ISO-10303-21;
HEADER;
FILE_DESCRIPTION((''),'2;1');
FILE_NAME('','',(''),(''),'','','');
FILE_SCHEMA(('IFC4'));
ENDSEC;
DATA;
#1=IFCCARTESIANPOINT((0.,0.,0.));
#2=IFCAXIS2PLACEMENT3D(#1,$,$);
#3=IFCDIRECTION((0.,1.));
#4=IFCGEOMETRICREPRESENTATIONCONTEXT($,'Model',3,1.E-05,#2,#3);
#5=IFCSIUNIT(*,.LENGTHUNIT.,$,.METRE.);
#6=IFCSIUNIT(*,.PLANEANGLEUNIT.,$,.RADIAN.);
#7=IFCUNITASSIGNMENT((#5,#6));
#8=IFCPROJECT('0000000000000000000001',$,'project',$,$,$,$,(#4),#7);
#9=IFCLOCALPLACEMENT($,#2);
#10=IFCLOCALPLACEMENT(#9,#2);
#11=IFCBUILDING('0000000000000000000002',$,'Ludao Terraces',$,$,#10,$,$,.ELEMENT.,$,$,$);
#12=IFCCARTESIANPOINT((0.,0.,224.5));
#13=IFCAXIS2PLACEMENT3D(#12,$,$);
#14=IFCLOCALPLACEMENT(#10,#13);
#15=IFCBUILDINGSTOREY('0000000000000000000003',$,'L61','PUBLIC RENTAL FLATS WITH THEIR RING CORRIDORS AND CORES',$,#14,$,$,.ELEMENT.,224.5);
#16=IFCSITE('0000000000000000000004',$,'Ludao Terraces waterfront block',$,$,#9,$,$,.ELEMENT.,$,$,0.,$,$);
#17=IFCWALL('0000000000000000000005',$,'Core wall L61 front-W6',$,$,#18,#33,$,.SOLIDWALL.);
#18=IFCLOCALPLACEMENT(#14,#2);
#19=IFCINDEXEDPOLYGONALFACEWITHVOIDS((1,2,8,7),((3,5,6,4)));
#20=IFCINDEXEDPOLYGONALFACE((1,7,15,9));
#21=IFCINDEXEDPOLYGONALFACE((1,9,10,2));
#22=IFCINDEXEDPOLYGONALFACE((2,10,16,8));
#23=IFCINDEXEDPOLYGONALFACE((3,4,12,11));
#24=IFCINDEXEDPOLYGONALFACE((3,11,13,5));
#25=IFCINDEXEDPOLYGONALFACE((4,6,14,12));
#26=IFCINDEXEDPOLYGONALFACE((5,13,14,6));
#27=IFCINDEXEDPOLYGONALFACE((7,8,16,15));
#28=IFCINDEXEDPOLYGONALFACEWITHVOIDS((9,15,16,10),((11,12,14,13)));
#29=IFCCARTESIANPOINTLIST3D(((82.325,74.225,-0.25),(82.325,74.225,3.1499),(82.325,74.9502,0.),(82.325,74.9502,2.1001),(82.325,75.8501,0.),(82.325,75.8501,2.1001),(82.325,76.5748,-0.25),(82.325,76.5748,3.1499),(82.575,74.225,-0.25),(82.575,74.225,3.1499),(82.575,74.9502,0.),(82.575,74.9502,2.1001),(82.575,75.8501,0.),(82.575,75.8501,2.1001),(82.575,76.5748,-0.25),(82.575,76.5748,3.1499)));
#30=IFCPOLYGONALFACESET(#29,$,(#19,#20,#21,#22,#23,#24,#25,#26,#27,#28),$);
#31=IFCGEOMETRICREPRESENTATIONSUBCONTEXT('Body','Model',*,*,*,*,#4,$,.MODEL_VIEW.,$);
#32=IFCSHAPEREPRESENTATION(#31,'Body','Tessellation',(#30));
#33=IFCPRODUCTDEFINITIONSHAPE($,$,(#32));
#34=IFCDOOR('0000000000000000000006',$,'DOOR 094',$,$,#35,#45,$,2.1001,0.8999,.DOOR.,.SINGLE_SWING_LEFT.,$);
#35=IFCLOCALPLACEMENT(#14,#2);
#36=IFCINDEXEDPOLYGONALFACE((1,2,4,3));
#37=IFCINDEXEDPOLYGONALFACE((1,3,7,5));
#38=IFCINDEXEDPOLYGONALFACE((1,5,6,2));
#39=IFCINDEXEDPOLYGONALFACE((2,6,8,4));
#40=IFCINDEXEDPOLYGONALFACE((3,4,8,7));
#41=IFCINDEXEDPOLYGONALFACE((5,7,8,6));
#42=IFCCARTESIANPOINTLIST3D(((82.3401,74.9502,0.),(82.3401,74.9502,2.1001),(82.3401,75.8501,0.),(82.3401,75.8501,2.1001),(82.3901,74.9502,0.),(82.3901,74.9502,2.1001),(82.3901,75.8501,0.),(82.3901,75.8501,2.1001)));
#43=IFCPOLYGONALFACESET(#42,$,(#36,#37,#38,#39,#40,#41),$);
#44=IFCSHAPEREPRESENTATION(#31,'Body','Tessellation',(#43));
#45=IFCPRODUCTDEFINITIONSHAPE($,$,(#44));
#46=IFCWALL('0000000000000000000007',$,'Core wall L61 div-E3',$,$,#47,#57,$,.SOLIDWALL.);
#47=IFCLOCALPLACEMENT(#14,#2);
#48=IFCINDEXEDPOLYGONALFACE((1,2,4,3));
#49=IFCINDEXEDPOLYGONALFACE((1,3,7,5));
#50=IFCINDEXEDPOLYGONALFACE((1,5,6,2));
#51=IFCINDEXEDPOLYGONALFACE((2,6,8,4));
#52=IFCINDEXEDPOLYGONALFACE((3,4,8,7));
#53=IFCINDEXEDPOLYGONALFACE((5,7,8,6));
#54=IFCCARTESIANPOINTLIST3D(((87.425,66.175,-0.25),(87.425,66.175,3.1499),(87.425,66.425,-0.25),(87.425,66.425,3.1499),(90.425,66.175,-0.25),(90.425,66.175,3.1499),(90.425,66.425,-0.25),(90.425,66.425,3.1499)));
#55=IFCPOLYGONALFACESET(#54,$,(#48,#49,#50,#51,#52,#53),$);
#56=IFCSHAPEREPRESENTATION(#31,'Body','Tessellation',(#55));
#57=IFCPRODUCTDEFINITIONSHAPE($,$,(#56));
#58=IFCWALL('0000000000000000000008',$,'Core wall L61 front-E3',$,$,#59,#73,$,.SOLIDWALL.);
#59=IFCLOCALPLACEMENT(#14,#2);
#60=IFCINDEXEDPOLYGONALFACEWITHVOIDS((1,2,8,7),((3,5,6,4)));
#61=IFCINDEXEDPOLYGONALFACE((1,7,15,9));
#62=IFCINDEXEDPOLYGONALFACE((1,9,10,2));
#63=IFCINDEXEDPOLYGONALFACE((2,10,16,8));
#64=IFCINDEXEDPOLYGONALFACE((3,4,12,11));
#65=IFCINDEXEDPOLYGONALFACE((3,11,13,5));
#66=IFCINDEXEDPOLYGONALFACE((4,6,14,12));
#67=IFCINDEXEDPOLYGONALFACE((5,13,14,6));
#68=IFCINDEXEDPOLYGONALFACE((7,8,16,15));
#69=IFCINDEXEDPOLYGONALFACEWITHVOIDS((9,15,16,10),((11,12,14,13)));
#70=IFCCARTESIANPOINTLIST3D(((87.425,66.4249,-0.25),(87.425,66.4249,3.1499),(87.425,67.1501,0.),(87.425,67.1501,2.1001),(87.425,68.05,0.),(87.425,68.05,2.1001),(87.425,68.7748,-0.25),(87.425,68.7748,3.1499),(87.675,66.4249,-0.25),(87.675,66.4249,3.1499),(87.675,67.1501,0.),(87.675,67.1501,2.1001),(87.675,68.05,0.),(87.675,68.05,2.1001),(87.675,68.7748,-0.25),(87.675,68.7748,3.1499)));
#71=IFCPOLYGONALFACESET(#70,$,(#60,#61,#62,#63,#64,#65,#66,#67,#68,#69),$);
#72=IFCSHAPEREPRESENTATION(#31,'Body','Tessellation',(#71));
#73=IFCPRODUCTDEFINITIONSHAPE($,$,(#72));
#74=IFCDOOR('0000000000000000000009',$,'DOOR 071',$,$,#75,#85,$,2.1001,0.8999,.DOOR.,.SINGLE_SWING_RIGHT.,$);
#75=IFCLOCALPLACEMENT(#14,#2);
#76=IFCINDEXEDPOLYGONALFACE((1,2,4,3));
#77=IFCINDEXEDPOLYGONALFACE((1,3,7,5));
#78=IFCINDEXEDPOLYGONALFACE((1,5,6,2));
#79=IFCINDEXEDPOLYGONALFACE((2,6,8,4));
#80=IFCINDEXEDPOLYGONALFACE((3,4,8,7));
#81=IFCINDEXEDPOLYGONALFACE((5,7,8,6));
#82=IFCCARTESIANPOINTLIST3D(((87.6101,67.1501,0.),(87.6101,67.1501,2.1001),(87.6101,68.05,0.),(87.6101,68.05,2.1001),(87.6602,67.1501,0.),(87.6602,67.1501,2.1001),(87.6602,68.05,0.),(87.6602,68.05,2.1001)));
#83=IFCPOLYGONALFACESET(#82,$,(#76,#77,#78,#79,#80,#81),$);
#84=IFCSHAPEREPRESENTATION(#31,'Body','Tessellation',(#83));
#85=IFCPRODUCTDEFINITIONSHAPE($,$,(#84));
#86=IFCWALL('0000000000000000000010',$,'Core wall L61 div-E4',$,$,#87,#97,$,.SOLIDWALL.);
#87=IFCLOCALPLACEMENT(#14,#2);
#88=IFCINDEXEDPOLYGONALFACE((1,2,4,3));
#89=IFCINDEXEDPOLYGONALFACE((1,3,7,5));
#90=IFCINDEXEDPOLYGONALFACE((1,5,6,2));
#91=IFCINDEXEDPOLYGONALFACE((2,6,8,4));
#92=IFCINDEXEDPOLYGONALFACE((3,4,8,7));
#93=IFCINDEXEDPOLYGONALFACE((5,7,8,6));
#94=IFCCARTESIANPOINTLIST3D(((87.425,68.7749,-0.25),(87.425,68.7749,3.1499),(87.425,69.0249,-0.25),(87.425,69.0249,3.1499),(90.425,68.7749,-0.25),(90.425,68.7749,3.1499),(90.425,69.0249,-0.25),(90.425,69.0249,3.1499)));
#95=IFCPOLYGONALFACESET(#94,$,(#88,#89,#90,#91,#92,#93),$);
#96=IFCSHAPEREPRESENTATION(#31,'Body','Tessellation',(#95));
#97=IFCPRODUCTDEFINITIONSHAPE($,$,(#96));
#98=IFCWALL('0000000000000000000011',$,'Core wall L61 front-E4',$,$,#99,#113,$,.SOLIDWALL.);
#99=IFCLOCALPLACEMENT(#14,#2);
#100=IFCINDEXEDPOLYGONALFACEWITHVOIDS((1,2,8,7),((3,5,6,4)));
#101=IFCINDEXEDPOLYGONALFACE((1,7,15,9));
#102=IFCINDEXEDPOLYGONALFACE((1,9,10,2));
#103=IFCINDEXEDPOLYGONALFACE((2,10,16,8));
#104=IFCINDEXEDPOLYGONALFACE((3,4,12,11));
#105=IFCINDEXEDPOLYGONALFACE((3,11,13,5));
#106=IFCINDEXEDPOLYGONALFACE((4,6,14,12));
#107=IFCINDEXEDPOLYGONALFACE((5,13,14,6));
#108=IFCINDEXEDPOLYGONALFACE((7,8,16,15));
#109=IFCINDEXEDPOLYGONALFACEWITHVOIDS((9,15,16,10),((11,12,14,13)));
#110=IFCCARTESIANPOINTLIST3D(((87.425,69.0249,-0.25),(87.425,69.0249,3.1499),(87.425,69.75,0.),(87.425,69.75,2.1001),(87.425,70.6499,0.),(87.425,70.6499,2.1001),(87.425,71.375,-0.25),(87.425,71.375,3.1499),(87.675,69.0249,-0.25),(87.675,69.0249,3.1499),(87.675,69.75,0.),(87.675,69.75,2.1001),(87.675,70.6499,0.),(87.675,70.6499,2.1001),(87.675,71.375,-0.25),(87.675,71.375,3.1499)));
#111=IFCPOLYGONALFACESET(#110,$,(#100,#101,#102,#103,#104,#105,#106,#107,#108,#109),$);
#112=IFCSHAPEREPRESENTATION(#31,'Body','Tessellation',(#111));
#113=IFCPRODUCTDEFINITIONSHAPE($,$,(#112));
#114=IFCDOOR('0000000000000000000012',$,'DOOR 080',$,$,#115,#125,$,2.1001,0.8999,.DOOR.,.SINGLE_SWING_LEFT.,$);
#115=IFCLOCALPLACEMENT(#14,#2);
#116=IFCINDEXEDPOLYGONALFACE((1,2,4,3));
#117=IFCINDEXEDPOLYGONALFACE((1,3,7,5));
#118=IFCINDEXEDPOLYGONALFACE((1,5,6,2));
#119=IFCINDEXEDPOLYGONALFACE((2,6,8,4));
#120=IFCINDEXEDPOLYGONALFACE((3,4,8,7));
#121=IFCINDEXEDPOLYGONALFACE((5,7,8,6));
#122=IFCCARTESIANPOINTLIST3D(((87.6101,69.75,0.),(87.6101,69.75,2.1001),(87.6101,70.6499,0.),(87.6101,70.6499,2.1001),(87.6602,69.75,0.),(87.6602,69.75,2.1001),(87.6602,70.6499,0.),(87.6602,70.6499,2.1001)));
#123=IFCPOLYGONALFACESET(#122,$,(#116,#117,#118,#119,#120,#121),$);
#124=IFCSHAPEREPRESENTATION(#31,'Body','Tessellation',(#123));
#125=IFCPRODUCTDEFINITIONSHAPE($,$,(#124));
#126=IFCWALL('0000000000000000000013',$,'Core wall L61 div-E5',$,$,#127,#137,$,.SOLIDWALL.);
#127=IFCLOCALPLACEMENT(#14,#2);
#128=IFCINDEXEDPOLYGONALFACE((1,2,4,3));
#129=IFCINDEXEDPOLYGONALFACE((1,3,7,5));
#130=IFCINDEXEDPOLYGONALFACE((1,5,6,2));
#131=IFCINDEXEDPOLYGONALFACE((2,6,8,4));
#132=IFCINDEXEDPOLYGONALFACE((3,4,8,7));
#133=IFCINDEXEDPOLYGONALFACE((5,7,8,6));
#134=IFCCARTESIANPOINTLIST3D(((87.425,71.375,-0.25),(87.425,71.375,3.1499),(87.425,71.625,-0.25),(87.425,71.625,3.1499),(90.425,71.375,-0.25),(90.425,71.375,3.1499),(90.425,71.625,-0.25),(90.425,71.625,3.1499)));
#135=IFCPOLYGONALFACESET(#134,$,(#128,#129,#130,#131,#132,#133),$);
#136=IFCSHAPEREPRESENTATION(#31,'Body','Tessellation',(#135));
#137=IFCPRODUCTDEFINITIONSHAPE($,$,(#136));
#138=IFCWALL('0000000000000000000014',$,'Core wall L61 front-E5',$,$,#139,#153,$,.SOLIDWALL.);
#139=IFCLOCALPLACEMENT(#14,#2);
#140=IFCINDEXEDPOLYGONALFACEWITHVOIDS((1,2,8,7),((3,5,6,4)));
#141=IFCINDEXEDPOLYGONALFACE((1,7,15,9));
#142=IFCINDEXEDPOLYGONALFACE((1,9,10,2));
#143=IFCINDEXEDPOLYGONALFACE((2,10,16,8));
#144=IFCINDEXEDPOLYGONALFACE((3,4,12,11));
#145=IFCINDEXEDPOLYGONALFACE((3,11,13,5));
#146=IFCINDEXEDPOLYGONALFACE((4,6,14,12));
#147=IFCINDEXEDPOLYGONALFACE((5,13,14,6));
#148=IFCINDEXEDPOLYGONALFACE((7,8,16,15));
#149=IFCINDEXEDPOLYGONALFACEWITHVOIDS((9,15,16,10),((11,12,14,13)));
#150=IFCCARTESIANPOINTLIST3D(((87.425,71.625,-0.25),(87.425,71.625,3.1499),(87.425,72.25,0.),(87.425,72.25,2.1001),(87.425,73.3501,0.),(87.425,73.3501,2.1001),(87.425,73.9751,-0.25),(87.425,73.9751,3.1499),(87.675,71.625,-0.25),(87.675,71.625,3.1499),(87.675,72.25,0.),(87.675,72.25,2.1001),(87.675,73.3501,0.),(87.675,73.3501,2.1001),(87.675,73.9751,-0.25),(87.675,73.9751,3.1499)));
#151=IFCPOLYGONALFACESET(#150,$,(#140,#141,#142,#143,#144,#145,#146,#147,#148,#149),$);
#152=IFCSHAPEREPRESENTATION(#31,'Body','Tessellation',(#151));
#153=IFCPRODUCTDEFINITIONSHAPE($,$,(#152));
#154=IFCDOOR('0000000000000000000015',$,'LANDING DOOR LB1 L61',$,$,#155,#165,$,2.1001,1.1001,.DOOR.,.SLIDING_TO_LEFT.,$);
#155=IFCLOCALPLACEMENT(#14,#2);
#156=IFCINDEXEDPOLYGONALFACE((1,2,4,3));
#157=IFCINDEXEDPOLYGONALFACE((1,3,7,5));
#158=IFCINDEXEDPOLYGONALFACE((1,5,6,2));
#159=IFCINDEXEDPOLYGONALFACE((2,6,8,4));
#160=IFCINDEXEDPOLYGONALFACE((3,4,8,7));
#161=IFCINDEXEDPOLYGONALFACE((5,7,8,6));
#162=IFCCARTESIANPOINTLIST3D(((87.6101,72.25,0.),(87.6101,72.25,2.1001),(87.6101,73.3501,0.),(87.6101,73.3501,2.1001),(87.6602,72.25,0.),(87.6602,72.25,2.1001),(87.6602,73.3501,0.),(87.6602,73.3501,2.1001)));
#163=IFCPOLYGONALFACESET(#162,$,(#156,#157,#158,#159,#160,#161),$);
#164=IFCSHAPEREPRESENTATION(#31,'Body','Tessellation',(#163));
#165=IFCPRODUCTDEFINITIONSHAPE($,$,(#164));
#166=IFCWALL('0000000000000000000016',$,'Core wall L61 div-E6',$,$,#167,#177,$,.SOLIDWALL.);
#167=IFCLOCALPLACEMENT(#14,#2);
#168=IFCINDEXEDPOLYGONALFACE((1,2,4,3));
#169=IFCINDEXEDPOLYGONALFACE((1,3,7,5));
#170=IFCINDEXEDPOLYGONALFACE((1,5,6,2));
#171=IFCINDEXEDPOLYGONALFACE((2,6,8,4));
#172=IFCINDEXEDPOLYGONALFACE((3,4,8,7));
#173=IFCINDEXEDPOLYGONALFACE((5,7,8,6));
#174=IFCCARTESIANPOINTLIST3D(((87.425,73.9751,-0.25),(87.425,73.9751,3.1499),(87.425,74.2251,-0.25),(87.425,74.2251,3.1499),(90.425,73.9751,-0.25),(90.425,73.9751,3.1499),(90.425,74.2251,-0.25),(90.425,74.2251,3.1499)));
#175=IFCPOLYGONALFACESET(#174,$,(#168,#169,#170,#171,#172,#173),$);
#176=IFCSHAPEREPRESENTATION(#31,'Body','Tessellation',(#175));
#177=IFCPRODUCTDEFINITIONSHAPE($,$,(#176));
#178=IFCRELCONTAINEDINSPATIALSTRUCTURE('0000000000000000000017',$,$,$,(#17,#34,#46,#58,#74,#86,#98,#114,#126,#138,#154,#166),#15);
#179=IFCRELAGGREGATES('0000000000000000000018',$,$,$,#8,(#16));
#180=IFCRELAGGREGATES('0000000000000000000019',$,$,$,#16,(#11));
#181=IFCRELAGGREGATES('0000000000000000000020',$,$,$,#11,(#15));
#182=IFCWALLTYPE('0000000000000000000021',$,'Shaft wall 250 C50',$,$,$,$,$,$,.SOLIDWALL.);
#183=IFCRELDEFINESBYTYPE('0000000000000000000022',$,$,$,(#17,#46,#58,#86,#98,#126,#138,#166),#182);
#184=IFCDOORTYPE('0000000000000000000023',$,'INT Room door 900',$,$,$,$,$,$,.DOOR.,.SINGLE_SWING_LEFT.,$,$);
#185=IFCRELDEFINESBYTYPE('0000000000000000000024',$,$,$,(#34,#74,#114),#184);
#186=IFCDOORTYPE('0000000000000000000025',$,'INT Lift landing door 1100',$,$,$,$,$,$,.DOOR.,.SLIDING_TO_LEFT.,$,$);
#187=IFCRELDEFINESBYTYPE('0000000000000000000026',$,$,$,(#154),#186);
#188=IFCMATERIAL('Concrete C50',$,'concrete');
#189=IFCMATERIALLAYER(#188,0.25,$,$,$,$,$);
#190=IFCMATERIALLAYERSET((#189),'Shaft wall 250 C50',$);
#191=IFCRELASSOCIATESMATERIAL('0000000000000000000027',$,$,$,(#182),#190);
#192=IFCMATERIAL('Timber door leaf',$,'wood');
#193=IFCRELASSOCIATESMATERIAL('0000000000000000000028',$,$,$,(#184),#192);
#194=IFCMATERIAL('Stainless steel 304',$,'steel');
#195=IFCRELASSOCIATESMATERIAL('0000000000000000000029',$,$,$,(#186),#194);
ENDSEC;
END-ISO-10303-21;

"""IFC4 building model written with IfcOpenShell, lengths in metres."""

from ifc_helpers import new_model, si_unit, direction, frame, frame_2d, origin, place, context, subcontext, project, spatial, rectangle, extrude, material, layer, layer_set, type_object, element, fill, save


model = new_model("IFC4")

# Units and contexts
model_context = context("Model", 3, precision=1e-05, world=origin(), true_north=direction((0.0, 1.0)))
body_context = subcontext(model_context, "Body", "Model", "MODEL_VIEW")
ifc_project = project(units=[si_unit("LENGTHUNIT", "METRE"), si_unit("PLANEANGLEUNIT", "RADIAN")], contexts=[model_context])

# Site, building, storey
site_placement = place(None, origin())
site = spatial("IfcSite", under=ifc_project, at=site_placement, Name="Ludao Terraces waterfront block", CompositionType="ELEMENT", RefElevation=0.0)
building_placement = place(site_placement, origin())
building = spatial("IfcBuilding", under=site, at=building_placement, Name="Ludao Terraces", CompositionType="ELEMENT")
storey_placement = place(building_placement, frame((0.0, 0.0, 224.5)))
storey = spatial("IfcBuildingStorey", under=building, at=storey_placement, Name="L61", Description="PUBLIC RENTAL FLATS WITH THEIR RING CORRIDORS AND CORES", CompositionType="ELEMENT", Elevation=224.5)

# Wall, opening, door
ifc_material_1 = material(Name="Concrete C50", Category="concrete")
ifc_layer_1 = layer(ifc_material_1, 0.25)
ifc_layer_set_1 = layer_set([ifc_layer_1], Name="Shaft wall 250 C50")
wall_type_1 = type_object("IfcWallType", Name="Shaft wall 250 C50", PredefinedType="SOLIDWALL", material=ifc_layer_set_1)
wall_1_placement = place(storey_placement, frame((82.45, 74.2251, -0.25), z_axis=(0.0, 0.0, 1.0), x_axis=(0.0, 1.0, 0.0)))
wall_1 = element("IfcWall", 1, at=wall_1_placement, inside=storey, type_object=wall_type_1, Name="Core wall L61 front-W6", PredefinedType="SOLIDWALL", context=body_context, shape_type="SweptSolid", body=[
    extrude(rectangle(XDim=2.3499, YDim=0.25, at=frame_2d((1.1748, 0.0))), origin(), (0.0, 0.0, 1.0), 3.3999),
])
opening_1_placement = place(wall_1_placement, frame((0.7251, 0.0, 0.25)))
opening_1 = element("IfcOpeningElement", 2, at=opening_1_placement, cuts=wall_1, PredefinedType="OPENING", context=body_context, shape_type="SweptSolid", body=[
    extrude(rectangle(XDim=0.8999, YDim=2.1001, at=frame_2d((0.45, 1.05))), frame((0.0, 0.135, 0.0), z_axis=(0.0, -1.0, 0.0), x_axis=(1.0, 0.0, 0.0)), (0.0, 0.0, 1.0), 0.27),
])
ifc_material_2 = material(Name="Timber door leaf", Category="wood")
door_type_1 = type_object("IfcDoorType", Name="INT Room door 900", OperationType="SINGLE_SWING_LEFT", PredefinedType="DOOR", material=ifc_material_2)
door_1_placement = place(opening_1_placement, origin())
door_1 = element("IfcDoor", 3, at=door_1_placement, inside=storey, type_object=door_type_1, Name="DOOR 094", OperationType="SINGLE_SWING_LEFT", OverallHeight=2.1001, OverallWidth=0.8999, PredefinedType="DOOR", context=body_context, shape_type="SweptSolid", body=[
    extrude(rectangle(XDim=0.8999, YDim=2.1001, at=frame_2d((0.45, 1.05))), frame((0.0, 0.1099, 0.0), z_axis=(0.0, -1.0, 0.0), x_axis=(1.0, 0.0, 0.0)), (0.0, 0.0, 1.0), 0.05),
])
fill(opening_1, door_1)

# Wall
wall_2_placement = place(storey_placement, frame((87.425, 66.3, -0.25), z_axis=(0.0, 0.0, 1.0), x_axis=(1.0, 0.0, 0.0)))
element("IfcWall", 4, at=wall_2_placement, inside=storey, type_object=wall_type_1, Name="Core wall L61 div-E3", PredefinedType="SOLIDWALL", context=body_context, shape_type="SweptSolid", body=[
    extrude(rectangle(XDim=3.0, YDim=0.25, at=frame_2d((1.5, 0.0))), origin(), (0.0, 0.0, 1.0), 3.3999),
])

# Wall, opening, door
wall_3_placement = place(storey_placement, frame((87.55, 66.425, -0.25), z_axis=(0.0, 0.0, 1.0), x_axis=(0.0, 1.0, 0.0)))
wall_3 = element("IfcWall", 5, at=wall_3_placement, inside=storey, type_object=wall_type_1, Name="Core wall L61 front-E3", PredefinedType="SOLIDWALL", context=body_context, shape_type="SweptSolid", body=[
    extrude(rectangle(XDim=2.3499, YDim=0.25, at=frame_2d((1.1748, 0.0))), origin(), (0.0, 0.0, 1.0), 3.3999),
])
opening_2_placement = place(wall_3_placement, frame((0.7251, 0.0, 0.25)))
opening_2 = element("IfcOpeningElement", 6, at=opening_2_placement, cuts=wall_3, PredefinedType="OPENING", context=body_context, shape_type="SweptSolid", body=[
    extrude(rectangle(XDim=0.8999, YDim=2.1001, at=frame_2d((0.45, 1.05))), frame((0.0, 0.135, 0.0), z_axis=(0.0, -1.0, 0.0), x_axis=(1.0, 0.0, 0.0)), (0.0, 0.0, 1.0), 0.27),
])
door_2_placement = place(opening_2_placement, origin())
door_2 = element("IfcDoor", 7, at=door_2_placement, inside=storey, type_object=door_type_1, Name="DOOR 071", OperationType="SINGLE_SWING_RIGHT", OverallHeight=2.1001, OverallWidth=0.8999, PredefinedType="DOOR", context=body_context, shape_type="SweptSolid", body=[
    extrude(rectangle(XDim=0.8999, YDim=2.1001, at=frame_2d((0.45, 1.05))), frame((0.0, -0.0601, 0.0), z_axis=(0.0, -1.0, 0.0), x_axis=(1.0, 0.0, 0.0)), (0.0, 0.0, 1.0), 0.05),
])
fill(opening_2, door_2)

# Wall
wall_4_placement = place(storey_placement, frame((87.425, 68.8999, -0.25), z_axis=(0.0, 0.0, 1.0), x_axis=(1.0, 0.0, 0.0)))
element("IfcWall", 8, at=wall_4_placement, inside=storey, type_object=wall_type_1, Name="Core wall L61 div-E4", PredefinedType="SOLIDWALL", context=body_context, shape_type="SweptSolid", body=[
    extrude(rectangle(XDim=3.0, YDim=0.25, at=frame_2d((1.5, 0.0))), origin(), (0.0, 0.0, 1.0), 3.3999),
])

# Wall, opening, door
wall_5_placement = place(storey_placement, frame((87.55, 69.0249, -0.25), z_axis=(0.0, 0.0, 1.0), x_axis=(0.0, 1.0, 0.0)))
wall_5 = element("IfcWall", 9, at=wall_5_placement, inside=storey, type_object=wall_type_1, Name="Core wall L61 front-E4", PredefinedType="SOLIDWALL", context=body_context, shape_type="SweptSolid", body=[
    extrude(rectangle(XDim=2.3501, YDim=0.25, at=frame_2d((1.175, 0.0))), origin(), (0.0, 0.0, 1.0), 3.3999),
])
opening_3_placement = place(wall_5_placement, frame((0.7251, 0.0, 0.25)))
opening_3 = element("IfcOpeningElement", 10, at=opening_3_placement, cuts=wall_5, PredefinedType="OPENING", context=body_context, shape_type="SweptSolid", body=[
    extrude(rectangle(XDim=0.8999, YDim=2.1001, at=frame_2d((0.45, 1.05))), frame((0.0, 0.135, 0.0), z_axis=(0.0, -1.0, 0.0), x_axis=(1.0, 0.0, 0.0)), (0.0, 0.0, 1.0), 0.27),
])
door_3_placement = place(opening_3_placement, origin())
door_3 = element("IfcDoor", 11, at=door_3_placement, inside=storey, type_object=door_type_1, Name="DOOR 080", OperationType="SINGLE_SWING_LEFT", OverallHeight=2.1001, OverallWidth=0.8999, PredefinedType="DOOR", context=body_context, shape_type="SweptSolid", body=[
    extrude(rectangle(XDim=0.8999, YDim=2.1001, at=frame_2d((0.45, 1.05))), frame((0.0, -0.0601, 0.0), z_axis=(0.0, -1.0, 0.0), x_axis=(1.0, 0.0, 0.0)), (0.0, 0.0, 1.0), 0.05),
])
fill(opening_3, door_3)

# Wall
wall_6_placement = place(storey_placement, frame((87.425, 71.5, -0.25), z_axis=(0.0, 0.0, 1.0), x_axis=(1.0, 0.0, 0.0)))
element("IfcWall", 12, at=wall_6_placement, inside=storey, type_object=wall_type_1, Name="Core wall L61 div-E5", PredefinedType="SOLIDWALL", context=body_context, shape_type="SweptSolid", body=[
    extrude(rectangle(XDim=3.0, YDim=0.25, at=frame_2d((1.5, 0.0))), origin(), (0.0, 0.0, 1.0), 3.3999),
])

# Wall, opening, door
wall_7_placement = place(storey_placement, frame((87.55, 71.625, -0.25), z_axis=(0.0, 0.0, 1.0), x_axis=(0.0, 1.0, 0.0)))
wall_7 = element("IfcWall", 13, at=wall_7_placement, inside=storey, type_object=wall_type_1, Name="Core wall L61 front-E5", PredefinedType="SOLIDWALL", context=body_context, shape_type="SweptSolid", body=[
    extrude(rectangle(XDim=2.3501, YDim=0.25, at=frame_2d((1.175, 0.0))), origin(), (0.0, 0.0, 1.0), 3.3999),
])
opening_4_placement = place(wall_7_placement, frame((0.625, 0.0, 0.25)))
opening_4 = element("IfcOpeningElement", 14, at=opening_4_placement, cuts=wall_7, PredefinedType="OPENING", context=body_context, shape_type="SweptSolid", body=[
    extrude(rectangle(XDim=1.1001, YDim=2.1001, at=frame_2d((0.55, 1.05))), frame((0.0, 0.135, 0.0), z_axis=(0.0, -1.0, 0.0), x_axis=(1.0, 0.0, 0.0)), (0.0, 0.0, 1.0), 0.27),
])
ifc_material_3 = material(Name="Stainless steel 304", Category="steel")
door_type_2 = type_object("IfcDoorType", Name="INT Lift landing door 1100", OperationType="SLIDING_TO_LEFT", PredefinedType="DOOR", material=ifc_material_3)
door_4_placement = place(opening_4_placement, origin())
door_4 = element("IfcDoor", 15, at=door_4_placement, inside=storey, type_object=door_type_2, Name="LANDING DOOR LB1 L61", OperationType="SLIDING_TO_LEFT", OverallHeight=2.1001, OverallWidth=1.1001, PredefinedType="DOOR", context=body_context, shape_type="SweptSolid", body=[
    extrude(rectangle(XDim=1.1001, YDim=2.1001, at=frame_2d((0.55, 1.05))), frame((0.0, -0.0601, 0.0), z_axis=(0.0, -1.0, 0.0), x_axis=(1.0, 0.0, 0.0)), (0.0, 0.0, 1.0), 0.05),
])
fill(opening_4, door_4)

# Wall
wall_8_placement = place(storey_placement, frame((87.425, 74.1001, -0.25), z_axis=(0.0, 0.0, 1.0), x_axis=(1.0, 0.0, 0.0)))
element("IfcWall", 16, at=wall_8_placement, inside=storey, type_object=wall_type_1, Name="Core wall L61 div-E6", PredefinedType="SOLIDWALL", context=body_context, shape_type="SweptSolid", body=[
    extrude(rectangle(XDim=3.0, YDim=0.25, at=frame_2d((1.5, 0.0))), origin(), (0.0, 0.0, 1.0), 3.3999),
])

save(model, "model.ifc")
